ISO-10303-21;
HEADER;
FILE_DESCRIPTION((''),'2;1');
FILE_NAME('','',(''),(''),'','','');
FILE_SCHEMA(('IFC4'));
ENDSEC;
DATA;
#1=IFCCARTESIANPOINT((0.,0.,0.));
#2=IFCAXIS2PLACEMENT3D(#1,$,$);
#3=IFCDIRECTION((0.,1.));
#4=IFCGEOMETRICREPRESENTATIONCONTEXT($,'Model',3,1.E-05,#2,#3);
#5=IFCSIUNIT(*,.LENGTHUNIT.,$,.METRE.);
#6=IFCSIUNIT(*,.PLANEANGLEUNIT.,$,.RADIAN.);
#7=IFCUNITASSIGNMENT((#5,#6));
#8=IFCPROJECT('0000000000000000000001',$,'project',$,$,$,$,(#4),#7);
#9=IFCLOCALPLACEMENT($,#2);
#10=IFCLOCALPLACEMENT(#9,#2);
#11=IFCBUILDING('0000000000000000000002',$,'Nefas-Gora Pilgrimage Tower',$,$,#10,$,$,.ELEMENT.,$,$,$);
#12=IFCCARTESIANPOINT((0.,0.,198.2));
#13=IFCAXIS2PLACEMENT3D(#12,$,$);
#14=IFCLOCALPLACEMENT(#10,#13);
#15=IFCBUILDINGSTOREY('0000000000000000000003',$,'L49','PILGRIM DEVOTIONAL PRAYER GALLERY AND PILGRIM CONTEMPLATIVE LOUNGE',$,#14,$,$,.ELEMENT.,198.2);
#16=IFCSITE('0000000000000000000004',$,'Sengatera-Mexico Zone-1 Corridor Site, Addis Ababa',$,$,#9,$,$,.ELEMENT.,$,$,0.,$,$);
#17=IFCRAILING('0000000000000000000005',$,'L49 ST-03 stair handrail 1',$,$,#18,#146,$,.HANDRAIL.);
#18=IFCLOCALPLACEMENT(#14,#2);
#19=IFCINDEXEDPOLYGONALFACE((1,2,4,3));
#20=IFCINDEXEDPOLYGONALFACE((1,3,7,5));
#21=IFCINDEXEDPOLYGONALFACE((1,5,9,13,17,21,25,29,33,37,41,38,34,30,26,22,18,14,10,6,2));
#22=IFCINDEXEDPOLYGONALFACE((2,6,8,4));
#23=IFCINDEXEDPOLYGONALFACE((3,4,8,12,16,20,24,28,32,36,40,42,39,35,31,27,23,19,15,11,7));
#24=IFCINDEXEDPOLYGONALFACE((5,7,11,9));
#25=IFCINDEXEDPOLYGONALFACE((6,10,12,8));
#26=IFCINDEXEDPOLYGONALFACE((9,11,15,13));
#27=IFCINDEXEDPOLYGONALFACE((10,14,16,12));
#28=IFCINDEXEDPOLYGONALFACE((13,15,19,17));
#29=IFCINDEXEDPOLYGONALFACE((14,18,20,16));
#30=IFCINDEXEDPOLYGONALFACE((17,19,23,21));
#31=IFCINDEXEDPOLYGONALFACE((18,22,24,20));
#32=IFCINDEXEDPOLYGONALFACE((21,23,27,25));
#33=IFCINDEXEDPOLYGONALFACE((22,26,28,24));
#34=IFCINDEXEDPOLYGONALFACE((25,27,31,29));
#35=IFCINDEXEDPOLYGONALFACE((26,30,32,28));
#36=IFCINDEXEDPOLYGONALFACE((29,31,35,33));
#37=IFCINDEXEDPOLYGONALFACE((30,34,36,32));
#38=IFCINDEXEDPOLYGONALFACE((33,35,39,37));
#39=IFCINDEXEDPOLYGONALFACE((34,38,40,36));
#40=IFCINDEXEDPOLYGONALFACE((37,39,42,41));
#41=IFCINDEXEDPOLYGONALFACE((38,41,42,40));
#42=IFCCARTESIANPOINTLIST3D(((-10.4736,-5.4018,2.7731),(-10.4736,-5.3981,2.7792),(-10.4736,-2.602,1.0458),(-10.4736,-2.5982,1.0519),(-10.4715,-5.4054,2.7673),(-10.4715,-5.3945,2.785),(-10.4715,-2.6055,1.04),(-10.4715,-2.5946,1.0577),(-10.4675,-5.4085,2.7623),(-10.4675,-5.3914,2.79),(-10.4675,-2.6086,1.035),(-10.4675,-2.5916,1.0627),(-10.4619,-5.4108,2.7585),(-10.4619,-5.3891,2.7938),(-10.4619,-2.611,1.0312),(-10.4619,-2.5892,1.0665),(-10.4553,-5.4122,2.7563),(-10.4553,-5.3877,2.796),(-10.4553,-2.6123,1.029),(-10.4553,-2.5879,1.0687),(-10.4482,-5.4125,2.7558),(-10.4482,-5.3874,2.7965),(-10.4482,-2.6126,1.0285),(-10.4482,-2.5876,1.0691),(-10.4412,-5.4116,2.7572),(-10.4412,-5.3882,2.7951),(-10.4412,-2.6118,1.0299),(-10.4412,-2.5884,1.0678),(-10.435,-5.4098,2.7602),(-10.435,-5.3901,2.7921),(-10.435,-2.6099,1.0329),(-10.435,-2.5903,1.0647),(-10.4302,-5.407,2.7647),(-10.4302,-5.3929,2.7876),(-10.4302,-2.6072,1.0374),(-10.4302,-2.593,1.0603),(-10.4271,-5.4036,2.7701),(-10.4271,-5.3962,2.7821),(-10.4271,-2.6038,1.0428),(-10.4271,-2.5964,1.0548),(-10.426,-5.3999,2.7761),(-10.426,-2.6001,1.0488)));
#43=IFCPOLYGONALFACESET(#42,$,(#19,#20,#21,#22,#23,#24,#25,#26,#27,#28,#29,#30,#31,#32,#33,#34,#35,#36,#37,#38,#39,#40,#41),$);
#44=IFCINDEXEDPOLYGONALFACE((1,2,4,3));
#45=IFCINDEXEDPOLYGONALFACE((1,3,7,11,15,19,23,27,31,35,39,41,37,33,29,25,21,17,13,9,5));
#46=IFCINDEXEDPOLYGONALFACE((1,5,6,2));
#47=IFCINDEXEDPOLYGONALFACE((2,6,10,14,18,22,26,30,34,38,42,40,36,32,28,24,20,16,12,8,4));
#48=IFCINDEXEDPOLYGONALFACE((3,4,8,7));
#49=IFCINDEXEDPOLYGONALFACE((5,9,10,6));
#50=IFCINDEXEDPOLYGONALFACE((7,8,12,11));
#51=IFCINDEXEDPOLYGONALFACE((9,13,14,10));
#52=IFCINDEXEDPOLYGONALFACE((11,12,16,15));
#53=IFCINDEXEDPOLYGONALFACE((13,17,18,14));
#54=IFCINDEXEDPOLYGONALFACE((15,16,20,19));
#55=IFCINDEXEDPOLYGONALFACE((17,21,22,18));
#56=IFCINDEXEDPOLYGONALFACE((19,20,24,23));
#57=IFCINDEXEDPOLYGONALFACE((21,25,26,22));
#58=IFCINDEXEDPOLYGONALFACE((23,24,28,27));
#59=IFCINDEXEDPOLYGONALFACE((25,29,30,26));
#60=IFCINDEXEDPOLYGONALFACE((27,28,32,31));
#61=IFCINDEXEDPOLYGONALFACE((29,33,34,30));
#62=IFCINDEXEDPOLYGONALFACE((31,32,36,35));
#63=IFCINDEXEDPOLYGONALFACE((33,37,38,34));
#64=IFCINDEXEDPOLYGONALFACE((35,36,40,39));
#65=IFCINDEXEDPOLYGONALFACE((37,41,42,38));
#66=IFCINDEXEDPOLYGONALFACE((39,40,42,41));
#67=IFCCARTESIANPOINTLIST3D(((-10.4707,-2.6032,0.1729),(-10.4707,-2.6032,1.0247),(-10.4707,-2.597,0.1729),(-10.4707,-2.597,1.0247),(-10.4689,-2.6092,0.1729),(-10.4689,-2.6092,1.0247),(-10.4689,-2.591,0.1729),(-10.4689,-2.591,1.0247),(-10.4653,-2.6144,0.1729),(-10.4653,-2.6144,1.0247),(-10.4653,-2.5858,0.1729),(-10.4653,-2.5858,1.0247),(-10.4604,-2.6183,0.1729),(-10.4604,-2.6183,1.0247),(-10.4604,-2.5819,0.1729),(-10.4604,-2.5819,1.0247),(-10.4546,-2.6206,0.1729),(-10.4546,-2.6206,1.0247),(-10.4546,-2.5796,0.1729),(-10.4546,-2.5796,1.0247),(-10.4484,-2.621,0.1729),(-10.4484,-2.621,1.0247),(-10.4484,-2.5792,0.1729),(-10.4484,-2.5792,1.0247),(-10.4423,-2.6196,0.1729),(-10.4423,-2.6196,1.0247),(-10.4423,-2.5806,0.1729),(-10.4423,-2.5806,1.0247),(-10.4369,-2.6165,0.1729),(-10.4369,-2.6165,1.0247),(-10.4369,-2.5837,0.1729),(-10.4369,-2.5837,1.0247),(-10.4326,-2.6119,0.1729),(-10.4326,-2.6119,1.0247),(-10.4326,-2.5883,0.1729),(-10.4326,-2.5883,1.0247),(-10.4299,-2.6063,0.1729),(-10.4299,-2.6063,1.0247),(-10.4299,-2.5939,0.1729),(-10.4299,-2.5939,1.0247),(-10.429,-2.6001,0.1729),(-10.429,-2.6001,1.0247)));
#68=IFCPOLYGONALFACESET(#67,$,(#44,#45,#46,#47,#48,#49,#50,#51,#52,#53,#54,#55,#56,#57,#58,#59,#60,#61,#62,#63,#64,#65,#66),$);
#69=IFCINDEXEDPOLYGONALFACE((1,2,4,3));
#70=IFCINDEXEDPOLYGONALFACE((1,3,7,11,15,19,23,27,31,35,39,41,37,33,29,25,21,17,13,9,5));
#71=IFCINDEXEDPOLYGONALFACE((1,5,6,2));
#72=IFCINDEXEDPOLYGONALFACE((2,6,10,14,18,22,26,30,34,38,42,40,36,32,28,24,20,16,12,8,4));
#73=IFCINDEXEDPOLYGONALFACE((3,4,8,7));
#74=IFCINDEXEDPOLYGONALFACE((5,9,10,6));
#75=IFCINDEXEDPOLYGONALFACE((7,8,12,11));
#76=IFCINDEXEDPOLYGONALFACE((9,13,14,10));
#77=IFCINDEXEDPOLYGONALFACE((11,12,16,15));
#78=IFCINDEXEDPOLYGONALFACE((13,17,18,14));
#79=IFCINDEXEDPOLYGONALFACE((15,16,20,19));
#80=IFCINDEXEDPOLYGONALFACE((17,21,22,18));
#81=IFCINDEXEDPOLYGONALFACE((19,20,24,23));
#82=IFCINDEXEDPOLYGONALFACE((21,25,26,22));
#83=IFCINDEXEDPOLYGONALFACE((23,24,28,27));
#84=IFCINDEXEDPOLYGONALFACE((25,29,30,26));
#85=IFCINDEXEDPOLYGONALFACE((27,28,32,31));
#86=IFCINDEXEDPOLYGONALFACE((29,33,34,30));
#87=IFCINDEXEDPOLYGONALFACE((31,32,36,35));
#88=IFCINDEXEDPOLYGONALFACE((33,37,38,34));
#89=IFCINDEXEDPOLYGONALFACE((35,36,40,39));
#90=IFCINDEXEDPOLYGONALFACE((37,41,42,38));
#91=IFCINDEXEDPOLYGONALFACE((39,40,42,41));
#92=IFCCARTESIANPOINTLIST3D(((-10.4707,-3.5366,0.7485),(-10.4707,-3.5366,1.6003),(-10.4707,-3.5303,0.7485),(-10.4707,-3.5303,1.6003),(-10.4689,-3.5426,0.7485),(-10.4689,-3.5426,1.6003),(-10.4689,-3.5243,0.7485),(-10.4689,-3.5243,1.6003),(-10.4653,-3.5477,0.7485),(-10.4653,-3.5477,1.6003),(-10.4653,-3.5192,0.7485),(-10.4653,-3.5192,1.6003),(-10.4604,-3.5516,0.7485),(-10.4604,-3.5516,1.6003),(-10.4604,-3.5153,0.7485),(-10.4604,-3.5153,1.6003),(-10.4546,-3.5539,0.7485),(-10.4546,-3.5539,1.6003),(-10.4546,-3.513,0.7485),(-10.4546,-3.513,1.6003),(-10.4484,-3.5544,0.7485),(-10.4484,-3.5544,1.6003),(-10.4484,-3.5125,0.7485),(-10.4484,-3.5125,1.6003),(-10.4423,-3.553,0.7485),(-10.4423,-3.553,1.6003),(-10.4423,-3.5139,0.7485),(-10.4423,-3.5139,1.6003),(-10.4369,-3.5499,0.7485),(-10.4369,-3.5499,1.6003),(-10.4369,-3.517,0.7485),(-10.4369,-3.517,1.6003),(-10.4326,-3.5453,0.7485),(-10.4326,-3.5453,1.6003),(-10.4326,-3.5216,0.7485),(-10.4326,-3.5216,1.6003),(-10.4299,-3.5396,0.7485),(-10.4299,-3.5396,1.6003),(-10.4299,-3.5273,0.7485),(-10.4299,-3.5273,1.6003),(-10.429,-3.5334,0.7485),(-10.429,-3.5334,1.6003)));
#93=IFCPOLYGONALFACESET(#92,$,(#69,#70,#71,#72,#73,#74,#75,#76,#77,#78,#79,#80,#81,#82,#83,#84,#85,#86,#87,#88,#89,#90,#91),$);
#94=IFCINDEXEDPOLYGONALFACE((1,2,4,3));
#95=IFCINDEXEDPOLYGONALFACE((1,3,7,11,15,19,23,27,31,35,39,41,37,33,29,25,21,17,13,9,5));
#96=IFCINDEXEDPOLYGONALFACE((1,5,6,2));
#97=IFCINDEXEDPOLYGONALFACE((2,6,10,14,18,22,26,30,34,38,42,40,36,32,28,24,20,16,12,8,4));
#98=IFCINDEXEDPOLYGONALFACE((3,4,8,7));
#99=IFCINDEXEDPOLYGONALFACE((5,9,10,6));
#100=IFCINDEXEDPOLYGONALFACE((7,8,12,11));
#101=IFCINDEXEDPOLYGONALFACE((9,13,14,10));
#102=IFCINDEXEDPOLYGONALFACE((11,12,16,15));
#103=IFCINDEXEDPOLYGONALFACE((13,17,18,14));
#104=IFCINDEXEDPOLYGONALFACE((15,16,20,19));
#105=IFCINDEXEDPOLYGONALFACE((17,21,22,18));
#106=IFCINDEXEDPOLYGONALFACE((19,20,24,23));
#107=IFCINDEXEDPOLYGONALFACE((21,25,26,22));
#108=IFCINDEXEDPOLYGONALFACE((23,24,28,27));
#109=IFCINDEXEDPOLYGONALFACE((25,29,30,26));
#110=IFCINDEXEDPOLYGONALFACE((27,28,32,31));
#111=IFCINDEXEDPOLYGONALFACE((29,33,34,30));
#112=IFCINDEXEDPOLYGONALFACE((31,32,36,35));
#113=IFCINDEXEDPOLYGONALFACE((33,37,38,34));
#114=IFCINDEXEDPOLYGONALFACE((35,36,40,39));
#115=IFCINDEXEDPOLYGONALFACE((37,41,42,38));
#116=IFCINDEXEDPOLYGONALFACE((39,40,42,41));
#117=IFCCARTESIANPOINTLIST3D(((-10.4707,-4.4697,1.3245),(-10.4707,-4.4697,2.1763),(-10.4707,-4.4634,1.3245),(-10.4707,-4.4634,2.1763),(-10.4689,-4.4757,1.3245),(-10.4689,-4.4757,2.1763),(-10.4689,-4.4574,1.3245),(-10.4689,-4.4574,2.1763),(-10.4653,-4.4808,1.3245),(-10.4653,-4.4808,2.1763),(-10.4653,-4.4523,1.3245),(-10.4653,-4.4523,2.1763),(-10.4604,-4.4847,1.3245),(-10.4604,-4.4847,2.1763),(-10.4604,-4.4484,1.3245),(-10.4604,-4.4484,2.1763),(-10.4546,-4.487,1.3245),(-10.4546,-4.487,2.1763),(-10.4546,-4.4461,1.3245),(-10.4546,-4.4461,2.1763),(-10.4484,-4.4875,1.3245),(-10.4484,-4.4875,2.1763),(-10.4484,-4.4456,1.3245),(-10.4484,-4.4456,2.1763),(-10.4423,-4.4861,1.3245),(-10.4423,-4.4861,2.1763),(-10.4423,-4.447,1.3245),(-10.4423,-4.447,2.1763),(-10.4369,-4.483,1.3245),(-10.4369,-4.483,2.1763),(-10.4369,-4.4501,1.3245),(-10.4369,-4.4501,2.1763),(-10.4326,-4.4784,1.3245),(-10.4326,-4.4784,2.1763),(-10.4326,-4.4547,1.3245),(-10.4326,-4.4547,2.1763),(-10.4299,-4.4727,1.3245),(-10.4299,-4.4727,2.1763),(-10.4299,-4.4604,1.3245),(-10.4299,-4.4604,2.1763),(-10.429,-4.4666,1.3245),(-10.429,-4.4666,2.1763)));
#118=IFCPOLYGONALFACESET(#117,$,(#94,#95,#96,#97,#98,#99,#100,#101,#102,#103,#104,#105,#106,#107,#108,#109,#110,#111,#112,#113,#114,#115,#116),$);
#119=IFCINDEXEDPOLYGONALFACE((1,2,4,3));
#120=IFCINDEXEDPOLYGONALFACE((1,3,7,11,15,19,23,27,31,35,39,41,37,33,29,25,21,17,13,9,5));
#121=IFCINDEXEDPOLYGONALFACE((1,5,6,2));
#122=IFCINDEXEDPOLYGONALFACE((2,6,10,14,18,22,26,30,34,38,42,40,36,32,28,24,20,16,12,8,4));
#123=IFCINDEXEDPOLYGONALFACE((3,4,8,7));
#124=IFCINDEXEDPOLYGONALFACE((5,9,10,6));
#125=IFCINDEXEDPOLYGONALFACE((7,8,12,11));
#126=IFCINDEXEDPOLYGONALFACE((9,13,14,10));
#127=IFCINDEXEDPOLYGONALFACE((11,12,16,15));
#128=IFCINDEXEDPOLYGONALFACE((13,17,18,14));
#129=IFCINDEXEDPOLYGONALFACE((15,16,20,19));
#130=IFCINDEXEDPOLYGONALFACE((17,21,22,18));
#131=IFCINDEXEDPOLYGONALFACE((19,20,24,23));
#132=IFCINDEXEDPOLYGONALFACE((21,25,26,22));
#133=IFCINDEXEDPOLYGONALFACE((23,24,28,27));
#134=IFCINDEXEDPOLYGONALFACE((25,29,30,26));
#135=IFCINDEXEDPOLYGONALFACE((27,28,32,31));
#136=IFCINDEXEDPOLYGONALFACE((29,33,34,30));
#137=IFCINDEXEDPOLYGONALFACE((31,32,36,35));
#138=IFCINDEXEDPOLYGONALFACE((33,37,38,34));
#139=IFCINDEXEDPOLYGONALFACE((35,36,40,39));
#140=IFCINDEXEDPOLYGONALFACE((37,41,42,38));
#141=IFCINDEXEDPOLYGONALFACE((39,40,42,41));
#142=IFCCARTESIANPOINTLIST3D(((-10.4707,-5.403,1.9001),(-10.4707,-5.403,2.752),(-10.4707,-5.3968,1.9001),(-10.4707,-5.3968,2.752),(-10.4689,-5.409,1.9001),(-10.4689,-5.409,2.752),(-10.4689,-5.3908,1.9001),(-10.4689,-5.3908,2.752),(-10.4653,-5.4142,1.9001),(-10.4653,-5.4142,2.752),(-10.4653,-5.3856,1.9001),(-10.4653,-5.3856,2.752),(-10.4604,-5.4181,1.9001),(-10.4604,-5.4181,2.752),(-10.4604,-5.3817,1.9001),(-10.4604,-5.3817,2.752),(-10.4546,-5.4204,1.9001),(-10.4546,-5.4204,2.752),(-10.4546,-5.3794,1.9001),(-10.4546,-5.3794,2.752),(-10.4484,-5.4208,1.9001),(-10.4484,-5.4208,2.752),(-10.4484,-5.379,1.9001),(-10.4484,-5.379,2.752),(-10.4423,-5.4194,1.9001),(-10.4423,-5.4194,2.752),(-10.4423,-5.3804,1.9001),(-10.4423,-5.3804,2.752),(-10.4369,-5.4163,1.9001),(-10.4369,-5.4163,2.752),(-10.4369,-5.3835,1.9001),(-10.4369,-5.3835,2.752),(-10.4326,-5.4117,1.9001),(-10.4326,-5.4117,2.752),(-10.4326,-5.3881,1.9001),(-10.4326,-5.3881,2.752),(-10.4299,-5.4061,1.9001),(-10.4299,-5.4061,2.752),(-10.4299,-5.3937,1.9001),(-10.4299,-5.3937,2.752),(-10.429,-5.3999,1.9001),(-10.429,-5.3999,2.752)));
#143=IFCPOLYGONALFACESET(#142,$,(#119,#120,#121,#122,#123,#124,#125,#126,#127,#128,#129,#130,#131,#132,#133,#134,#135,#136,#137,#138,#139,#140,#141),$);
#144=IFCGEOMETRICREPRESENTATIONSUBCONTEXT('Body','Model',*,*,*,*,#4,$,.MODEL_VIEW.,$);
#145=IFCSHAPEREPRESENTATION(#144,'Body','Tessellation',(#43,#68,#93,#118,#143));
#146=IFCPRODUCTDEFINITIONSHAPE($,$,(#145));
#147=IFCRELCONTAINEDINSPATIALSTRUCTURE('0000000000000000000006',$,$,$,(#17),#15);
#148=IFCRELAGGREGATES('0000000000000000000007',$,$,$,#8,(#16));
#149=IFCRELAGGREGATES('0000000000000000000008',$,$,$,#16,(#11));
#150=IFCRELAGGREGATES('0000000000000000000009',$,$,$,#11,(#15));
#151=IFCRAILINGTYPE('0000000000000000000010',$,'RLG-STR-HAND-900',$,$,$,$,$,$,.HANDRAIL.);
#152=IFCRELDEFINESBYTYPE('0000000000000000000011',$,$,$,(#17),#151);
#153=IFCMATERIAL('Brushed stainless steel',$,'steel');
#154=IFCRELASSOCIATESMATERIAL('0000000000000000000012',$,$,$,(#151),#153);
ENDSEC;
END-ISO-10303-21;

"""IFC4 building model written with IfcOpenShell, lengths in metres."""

from ifc_helpers import new_model, si_unit, direction, frame, origin, origin_2d, place, context, subcontext, project, spatial, circle, extrude, material, type_object, element, save


model = new_model("IFC4")

# Units and contexts
model_context = context("Model", 3, precision=1e-05, world=origin(), true_north=direction((0.0, 1.0)))
body_context = subcontext(model_context, "Body", "Model", "MODEL_VIEW")
ifc_project = project(units=[si_unit("LENGTHUNIT", "METRE"), si_unit("PLANEANGLEUNIT", "RADIAN")], contexts=[model_context])

# Site, building, storey
site_placement = place(None, origin())
site = spatial("IfcSite", under=ifc_project, at=site_placement, Name="Sengatera-Mexico Zone-1 Corridor Site, Addis Ababa", CompositionType="ELEMENT", RefElevation=0.0)
building_placement = place(site_placement, origin())
building = spatial("IfcBuilding", under=site, at=building_placement, Name="Nefas-Gora Pilgrimage Tower", CompositionType="ELEMENT")
storey_placement = place(building_placement, frame((0.0, 0.0, 198.2)))
storey = spatial("IfcBuildingStorey", under=building, at=storey_placement, Name="L49", Description="PILGRIM DEVOTIONAL PRAYER GALLERY AND PILGRIM CONTEMPLATIVE LOUNGE", CompositionType="ELEMENT", Elevation=198.2)

# Railing
ifc_material_1 = material(Name="Brushed stainless steel", Category="steel")
railing_type_1 = type_object("IfcRailingType", Name="RLG-STR-HAND-900", PredefinedType="HANDRAIL", material=ifc_material_1)
railing_1_placement = place(storey_placement, frame((-10.45, -2.6001, 0.1729)))
element("IfcRailing", 1, at=railing_1_placement, inside=storey, type_object=railing_type_1, Name="L49 ST-03 stair handrail 1", PredefinedType="HANDRAIL", context=body_context, shape_type="SweptSolid", body=[
    extrude(circle(Radius=0.0239, at=origin_2d()), frame((0.0, 0.0, 0.876), z_axis=(0.0, -0.851069, 0.525054), x_axis=(1.0, 0.0, 0.0)), (0.0, 0.0, 1.0), 3.2898),
    extrude(circle(Radius=0.021, at=origin_2d()), origin(), (0.0, 0.0, 1.0), 0.8518),
    extrude(circle(Radius=0.021, at=origin_2d()), frame((0.0, -0.9333, 0.5757)), (0.0, 0.0, 1.0), 0.8518),
    extrude(circle(Radius=0.021, at=origin_2d()), frame((0.0, -1.8665, 1.1516)), (0.0, 0.0, 1.0), 0.8518),
    extrude(circle(Radius=0.021, at=origin_2d()), frame((0.0, -2.7998, 1.7273)), (0.0, 0.0, 1.0), 0.8518),
])

save(model, "model.ifc")
